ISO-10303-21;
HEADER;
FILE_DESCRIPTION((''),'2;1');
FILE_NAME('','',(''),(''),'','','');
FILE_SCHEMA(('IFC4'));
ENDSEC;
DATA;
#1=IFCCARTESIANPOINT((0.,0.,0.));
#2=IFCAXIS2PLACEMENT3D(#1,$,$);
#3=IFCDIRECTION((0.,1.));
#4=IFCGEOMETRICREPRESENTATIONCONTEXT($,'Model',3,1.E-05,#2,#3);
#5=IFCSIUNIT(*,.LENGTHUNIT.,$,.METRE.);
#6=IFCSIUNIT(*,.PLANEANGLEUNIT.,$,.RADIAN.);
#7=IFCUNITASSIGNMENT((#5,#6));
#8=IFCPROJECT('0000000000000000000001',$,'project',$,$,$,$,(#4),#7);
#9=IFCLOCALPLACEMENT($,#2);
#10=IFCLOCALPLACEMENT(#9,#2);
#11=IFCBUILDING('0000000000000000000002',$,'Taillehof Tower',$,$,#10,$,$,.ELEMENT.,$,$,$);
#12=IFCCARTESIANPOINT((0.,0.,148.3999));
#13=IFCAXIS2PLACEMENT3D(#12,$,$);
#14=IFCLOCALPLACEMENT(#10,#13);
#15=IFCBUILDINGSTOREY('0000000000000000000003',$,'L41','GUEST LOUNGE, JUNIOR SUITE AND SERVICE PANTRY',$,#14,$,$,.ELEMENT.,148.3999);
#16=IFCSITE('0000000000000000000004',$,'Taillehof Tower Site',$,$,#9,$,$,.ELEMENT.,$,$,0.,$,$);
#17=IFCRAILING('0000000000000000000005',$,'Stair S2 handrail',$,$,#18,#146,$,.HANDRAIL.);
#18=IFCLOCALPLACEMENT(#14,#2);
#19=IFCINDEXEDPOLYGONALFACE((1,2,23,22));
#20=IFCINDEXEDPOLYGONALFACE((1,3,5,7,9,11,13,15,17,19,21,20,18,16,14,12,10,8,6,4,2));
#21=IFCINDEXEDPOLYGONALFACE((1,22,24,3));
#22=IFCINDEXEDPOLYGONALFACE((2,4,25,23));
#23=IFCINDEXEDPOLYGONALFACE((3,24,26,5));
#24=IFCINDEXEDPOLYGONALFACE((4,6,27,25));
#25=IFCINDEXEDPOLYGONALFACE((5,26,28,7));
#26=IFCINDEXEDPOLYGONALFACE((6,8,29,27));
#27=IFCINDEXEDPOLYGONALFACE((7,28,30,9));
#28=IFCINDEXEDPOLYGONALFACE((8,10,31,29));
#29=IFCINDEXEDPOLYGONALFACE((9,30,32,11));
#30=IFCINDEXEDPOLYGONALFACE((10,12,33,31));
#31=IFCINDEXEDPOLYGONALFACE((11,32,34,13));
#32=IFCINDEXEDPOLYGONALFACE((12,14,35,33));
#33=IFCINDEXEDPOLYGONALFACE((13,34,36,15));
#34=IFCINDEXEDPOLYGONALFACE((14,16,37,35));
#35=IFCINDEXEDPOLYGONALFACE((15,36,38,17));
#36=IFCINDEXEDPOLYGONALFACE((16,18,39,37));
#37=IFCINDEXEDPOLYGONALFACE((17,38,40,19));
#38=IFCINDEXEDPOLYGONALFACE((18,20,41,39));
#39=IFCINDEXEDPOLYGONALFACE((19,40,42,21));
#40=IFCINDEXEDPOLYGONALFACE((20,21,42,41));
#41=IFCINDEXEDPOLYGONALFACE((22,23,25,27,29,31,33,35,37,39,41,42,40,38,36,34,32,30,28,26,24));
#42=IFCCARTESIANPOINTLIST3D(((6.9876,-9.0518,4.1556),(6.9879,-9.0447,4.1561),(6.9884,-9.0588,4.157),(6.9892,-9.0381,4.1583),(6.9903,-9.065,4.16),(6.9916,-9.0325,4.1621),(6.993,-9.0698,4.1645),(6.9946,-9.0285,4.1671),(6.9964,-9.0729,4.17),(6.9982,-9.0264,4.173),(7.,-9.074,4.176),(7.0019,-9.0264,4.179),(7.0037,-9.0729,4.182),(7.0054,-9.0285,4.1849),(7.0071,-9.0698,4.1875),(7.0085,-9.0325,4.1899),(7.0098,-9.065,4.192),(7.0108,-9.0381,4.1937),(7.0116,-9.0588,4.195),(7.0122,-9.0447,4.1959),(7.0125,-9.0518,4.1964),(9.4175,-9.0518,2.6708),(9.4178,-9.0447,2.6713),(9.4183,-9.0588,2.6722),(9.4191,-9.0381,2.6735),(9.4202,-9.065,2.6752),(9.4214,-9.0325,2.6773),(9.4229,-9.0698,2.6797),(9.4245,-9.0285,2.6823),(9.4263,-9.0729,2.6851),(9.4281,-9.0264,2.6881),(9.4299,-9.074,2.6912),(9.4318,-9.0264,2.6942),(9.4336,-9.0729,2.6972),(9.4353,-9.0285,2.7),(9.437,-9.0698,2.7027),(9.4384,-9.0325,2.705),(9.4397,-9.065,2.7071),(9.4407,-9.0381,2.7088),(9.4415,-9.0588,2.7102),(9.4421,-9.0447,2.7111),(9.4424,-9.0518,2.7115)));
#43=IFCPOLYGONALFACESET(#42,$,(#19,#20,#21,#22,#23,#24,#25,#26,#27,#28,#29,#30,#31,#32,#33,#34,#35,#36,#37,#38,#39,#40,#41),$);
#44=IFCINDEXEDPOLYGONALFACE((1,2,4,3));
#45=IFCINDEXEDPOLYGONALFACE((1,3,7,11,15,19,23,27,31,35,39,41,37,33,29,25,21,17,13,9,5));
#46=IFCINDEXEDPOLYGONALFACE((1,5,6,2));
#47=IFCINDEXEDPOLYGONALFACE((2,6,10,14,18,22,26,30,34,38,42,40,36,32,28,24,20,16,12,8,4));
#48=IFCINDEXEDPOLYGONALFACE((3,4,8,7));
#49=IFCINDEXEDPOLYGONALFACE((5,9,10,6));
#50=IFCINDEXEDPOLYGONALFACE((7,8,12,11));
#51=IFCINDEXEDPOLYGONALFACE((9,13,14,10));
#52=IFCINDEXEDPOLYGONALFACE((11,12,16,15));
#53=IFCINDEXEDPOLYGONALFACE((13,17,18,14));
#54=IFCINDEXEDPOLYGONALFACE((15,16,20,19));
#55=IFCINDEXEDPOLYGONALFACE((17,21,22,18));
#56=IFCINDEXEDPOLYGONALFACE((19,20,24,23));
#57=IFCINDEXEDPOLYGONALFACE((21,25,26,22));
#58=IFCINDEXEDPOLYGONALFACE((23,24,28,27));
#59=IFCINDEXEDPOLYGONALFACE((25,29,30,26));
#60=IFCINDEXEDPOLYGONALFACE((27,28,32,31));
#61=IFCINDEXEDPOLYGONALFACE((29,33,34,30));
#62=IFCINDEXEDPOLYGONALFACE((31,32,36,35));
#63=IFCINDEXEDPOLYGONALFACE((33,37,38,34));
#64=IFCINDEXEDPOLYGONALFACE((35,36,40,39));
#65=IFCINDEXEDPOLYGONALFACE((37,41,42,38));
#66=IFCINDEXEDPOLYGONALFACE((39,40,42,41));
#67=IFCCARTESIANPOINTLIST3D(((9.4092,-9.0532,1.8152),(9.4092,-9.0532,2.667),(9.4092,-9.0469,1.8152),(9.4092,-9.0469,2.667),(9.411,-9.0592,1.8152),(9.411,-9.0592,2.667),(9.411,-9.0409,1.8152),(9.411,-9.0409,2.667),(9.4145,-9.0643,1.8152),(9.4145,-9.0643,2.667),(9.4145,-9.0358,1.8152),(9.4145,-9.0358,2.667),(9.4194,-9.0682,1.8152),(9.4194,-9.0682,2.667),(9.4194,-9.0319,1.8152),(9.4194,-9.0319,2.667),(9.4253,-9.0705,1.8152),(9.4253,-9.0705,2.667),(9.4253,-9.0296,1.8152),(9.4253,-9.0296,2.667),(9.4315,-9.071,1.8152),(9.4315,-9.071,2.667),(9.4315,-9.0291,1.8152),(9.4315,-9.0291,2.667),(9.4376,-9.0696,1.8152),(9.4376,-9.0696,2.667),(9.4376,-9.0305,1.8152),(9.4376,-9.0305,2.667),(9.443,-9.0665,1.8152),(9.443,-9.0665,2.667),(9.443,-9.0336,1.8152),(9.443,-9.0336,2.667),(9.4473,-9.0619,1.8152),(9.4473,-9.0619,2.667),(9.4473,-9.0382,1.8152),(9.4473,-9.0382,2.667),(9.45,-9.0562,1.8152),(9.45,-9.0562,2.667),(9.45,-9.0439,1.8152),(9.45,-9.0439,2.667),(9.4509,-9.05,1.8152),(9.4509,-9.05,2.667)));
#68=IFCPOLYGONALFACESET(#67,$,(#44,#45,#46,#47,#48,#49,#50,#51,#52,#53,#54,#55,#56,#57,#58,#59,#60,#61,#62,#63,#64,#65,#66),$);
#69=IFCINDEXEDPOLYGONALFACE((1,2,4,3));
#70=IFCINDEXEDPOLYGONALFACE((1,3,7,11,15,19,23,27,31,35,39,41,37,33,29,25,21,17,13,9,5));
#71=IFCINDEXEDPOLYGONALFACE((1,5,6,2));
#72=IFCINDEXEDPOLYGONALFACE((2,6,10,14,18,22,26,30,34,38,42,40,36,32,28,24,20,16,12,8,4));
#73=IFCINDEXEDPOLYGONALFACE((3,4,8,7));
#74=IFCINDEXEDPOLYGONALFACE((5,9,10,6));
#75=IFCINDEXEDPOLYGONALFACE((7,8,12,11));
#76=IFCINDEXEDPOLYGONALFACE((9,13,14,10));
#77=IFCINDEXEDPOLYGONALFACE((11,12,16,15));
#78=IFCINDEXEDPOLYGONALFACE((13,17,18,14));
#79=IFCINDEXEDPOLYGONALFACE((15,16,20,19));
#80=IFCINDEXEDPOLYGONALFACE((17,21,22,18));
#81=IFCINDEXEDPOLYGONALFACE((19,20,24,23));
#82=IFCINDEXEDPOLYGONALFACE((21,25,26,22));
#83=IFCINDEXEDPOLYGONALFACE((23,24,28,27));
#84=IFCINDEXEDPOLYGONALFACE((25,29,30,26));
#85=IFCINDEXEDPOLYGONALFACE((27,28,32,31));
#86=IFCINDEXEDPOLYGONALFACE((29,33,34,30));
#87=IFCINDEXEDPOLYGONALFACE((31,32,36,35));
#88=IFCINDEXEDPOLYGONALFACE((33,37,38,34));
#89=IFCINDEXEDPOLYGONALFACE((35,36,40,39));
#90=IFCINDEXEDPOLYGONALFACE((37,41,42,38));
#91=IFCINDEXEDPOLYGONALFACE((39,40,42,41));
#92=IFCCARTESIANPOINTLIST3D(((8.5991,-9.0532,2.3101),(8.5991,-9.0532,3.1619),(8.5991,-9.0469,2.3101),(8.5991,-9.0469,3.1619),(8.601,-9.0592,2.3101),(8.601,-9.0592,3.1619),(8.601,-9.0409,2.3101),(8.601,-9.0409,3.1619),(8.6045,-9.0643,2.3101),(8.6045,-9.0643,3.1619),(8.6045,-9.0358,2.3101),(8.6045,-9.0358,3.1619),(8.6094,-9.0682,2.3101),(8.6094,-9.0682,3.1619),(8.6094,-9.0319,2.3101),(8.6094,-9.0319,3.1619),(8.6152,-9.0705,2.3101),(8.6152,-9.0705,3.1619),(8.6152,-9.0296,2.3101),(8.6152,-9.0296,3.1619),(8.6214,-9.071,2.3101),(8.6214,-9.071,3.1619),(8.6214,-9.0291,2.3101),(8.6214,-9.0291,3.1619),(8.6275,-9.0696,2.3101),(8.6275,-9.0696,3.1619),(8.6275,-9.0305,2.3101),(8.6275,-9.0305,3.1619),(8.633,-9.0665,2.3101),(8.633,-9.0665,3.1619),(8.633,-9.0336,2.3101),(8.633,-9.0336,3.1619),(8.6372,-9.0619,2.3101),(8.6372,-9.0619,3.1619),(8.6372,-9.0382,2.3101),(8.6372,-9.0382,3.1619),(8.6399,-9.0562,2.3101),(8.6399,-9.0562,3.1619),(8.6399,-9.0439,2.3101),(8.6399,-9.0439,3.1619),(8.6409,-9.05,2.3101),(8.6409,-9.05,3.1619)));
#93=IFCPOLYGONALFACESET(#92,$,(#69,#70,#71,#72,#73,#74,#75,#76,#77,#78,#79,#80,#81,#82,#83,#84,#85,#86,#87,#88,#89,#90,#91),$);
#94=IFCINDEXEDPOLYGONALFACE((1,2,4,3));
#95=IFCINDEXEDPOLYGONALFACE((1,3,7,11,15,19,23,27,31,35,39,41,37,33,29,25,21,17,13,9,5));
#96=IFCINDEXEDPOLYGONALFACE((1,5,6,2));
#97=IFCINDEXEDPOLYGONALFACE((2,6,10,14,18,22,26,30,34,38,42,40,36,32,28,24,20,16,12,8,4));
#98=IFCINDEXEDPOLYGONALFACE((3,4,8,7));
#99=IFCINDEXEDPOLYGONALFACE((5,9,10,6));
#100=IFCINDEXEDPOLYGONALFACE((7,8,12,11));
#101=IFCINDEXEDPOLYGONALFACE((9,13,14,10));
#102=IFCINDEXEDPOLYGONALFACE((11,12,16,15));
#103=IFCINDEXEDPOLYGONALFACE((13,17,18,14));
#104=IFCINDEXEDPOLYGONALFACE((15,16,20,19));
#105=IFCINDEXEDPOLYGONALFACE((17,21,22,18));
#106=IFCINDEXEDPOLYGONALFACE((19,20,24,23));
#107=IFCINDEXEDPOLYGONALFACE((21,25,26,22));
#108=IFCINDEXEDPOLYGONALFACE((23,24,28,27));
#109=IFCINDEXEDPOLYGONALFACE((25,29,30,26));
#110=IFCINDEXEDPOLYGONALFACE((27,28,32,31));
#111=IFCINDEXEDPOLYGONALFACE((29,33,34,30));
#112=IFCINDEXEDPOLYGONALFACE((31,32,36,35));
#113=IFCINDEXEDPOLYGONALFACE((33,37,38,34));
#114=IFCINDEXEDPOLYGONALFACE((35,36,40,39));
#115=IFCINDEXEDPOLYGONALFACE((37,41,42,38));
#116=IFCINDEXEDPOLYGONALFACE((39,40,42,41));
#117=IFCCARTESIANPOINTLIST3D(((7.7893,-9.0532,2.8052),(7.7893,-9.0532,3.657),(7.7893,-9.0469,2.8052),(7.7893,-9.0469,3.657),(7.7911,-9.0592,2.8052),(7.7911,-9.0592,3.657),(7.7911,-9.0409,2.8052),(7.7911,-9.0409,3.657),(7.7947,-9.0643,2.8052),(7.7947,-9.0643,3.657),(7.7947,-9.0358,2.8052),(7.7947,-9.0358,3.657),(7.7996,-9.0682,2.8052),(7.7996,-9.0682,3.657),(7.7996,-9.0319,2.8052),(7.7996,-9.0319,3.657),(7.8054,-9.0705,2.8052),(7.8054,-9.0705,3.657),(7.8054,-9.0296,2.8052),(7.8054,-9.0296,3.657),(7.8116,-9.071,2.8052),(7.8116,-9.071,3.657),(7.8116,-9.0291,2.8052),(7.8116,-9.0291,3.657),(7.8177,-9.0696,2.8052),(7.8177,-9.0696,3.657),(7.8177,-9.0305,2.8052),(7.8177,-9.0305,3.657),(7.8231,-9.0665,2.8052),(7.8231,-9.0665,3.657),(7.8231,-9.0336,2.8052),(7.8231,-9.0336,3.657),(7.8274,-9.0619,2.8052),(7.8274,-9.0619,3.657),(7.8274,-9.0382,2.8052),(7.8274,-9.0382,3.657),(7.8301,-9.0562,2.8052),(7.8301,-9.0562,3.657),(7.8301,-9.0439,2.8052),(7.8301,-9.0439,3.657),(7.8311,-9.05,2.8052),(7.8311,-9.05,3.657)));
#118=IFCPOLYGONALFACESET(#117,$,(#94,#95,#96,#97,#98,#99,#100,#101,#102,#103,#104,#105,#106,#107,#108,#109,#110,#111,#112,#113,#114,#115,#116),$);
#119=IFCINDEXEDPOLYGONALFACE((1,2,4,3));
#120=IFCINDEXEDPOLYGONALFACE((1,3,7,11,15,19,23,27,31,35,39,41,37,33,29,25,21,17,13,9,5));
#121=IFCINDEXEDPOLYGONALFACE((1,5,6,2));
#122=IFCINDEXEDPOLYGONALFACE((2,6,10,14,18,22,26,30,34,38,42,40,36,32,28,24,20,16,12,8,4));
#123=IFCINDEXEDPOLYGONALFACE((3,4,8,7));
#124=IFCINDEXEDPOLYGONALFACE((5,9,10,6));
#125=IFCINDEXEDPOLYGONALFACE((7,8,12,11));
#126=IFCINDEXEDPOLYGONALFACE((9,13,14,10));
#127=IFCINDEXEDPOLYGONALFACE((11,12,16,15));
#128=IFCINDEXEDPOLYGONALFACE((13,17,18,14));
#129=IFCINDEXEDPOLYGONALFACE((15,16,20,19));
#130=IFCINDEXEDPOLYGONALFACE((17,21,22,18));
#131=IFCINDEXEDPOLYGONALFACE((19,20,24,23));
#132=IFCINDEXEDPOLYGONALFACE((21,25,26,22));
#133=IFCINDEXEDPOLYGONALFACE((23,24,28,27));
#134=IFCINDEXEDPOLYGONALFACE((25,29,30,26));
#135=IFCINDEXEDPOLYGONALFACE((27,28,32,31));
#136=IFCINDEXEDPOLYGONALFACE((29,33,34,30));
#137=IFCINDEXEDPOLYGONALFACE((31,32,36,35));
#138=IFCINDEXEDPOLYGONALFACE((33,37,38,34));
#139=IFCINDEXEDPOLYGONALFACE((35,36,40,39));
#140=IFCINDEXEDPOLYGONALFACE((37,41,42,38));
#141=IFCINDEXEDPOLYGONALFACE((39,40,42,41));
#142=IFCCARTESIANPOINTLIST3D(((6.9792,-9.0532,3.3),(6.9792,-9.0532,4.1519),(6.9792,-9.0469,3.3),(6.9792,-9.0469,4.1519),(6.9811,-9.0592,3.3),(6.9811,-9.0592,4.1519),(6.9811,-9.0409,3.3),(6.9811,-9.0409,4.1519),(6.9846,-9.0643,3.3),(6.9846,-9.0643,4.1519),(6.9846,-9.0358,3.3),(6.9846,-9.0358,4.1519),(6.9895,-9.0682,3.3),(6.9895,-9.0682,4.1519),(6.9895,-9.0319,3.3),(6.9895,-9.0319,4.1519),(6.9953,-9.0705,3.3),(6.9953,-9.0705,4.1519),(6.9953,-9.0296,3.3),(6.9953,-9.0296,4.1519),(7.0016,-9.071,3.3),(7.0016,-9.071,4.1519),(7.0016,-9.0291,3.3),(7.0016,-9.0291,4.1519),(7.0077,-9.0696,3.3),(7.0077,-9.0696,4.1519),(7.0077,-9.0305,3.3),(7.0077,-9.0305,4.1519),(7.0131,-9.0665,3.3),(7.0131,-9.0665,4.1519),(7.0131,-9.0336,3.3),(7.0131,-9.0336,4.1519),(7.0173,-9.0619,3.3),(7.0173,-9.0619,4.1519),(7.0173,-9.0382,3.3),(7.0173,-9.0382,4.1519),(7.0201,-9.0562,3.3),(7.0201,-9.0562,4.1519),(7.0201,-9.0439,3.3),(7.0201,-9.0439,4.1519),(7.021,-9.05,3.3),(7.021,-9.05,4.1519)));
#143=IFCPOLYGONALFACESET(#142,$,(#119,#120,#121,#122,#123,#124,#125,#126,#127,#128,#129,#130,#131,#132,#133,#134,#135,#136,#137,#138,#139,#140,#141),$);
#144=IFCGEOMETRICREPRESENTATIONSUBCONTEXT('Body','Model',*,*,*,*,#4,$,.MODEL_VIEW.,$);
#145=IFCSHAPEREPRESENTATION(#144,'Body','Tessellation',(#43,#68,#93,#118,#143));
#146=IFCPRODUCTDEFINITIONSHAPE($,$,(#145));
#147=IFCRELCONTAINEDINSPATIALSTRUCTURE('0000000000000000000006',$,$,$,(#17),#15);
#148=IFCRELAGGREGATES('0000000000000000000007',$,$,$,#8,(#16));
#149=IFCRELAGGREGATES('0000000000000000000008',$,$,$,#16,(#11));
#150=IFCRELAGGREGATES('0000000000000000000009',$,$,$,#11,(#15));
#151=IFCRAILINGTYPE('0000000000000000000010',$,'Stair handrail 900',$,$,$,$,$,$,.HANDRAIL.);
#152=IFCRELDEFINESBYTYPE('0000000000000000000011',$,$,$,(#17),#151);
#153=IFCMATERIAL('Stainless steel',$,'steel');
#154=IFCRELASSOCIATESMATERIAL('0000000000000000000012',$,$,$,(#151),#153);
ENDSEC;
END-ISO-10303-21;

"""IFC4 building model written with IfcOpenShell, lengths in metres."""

from ifc_helpers import new_model, si_unit, direction, frame, origin, origin_2d, place, context, subcontext, project, spatial, circle, extrude, material, type_object, element, save


model = new_model("IFC4")

# Units and contexts
model_context = context("Model", 3, precision=1e-05, world=origin(), true_north=direction((0.0, 1.0)))
body_context = subcontext(model_context, "Body", "Model", "MODEL_VIEW")
ifc_project = project(units=[si_unit("LENGTHUNIT", "METRE"), si_unit("PLANEANGLEUNIT", "RADIAN")], contexts=[model_context])

# Site, building, storey
site_placement = place(None, origin())
site = spatial("IfcSite", under=ifc_project, at=site_placement, Name="Taillehof Tower Site", CompositionType="ELEMENT", RefElevation=0.0)
building_placement = place(site_placement, origin())
building = spatial("IfcBuilding", under=site, at=building_placement, Name="Taillehof Tower", CompositionType="ELEMENT")
storey_placement = place(building_placement, frame((0.0, 0.0, 148.3999)))
storey = spatial("IfcBuildingStorey", under=building, at=storey_placement, Name="L41", Description="GUEST LOUNGE, JUNIOR SUITE AND SERVICE PANTRY", CompositionType="ELEMENT", Elevation=148.3999)

# Railing
ifc_material_1 = material(Name="Stainless steel", Category="steel")
railing_type = type_object("IfcRailingType", Name="Stair handrail 900", PredefinedType="HANDRAIL", material=ifc_material_1)
railing_placement = place(storey_placement, frame((9.4299, -9.05, 1.8152)))
element("IfcRailing", 1, at=railing_placement, inside=storey, type_object=railing_type, Name="Stair S2 handrail", PredefinedType="HANDRAIL", context=body_context, shape_type="SweptSolid", body=[
    extrude(circle(Radius=0.0239, at=origin_2d()), frame((0.0, 0.0, 0.876), z_axis=(-0.853297, 0.0, 0.521426), x_axis=(0.0, -1.0, 0.0)), (0.0, 0.0, 1.0), 2.8477),
    extrude(circle(Radius=0.021, at=origin_2d()), origin(), (0.0, 0.0, 1.0), 0.8518),
    extrude(circle(Radius=0.021, at=origin_2d()), frame((-0.8101, 0.0, 0.4949)), (0.0, 0.0, 1.0), 0.8518),
    extrude(circle(Radius=0.021, at=origin_2d()), frame((-1.6199, 0.0, 0.99)), (0.0, 0.0, 1.0), 0.8518),
    extrude(circle(Radius=0.021, at=origin_2d()), frame((-2.4299, 0.0, 1.4849)), (0.0, 0.0, 1.0), 0.8518),
])

save(model, "model.ifc")
